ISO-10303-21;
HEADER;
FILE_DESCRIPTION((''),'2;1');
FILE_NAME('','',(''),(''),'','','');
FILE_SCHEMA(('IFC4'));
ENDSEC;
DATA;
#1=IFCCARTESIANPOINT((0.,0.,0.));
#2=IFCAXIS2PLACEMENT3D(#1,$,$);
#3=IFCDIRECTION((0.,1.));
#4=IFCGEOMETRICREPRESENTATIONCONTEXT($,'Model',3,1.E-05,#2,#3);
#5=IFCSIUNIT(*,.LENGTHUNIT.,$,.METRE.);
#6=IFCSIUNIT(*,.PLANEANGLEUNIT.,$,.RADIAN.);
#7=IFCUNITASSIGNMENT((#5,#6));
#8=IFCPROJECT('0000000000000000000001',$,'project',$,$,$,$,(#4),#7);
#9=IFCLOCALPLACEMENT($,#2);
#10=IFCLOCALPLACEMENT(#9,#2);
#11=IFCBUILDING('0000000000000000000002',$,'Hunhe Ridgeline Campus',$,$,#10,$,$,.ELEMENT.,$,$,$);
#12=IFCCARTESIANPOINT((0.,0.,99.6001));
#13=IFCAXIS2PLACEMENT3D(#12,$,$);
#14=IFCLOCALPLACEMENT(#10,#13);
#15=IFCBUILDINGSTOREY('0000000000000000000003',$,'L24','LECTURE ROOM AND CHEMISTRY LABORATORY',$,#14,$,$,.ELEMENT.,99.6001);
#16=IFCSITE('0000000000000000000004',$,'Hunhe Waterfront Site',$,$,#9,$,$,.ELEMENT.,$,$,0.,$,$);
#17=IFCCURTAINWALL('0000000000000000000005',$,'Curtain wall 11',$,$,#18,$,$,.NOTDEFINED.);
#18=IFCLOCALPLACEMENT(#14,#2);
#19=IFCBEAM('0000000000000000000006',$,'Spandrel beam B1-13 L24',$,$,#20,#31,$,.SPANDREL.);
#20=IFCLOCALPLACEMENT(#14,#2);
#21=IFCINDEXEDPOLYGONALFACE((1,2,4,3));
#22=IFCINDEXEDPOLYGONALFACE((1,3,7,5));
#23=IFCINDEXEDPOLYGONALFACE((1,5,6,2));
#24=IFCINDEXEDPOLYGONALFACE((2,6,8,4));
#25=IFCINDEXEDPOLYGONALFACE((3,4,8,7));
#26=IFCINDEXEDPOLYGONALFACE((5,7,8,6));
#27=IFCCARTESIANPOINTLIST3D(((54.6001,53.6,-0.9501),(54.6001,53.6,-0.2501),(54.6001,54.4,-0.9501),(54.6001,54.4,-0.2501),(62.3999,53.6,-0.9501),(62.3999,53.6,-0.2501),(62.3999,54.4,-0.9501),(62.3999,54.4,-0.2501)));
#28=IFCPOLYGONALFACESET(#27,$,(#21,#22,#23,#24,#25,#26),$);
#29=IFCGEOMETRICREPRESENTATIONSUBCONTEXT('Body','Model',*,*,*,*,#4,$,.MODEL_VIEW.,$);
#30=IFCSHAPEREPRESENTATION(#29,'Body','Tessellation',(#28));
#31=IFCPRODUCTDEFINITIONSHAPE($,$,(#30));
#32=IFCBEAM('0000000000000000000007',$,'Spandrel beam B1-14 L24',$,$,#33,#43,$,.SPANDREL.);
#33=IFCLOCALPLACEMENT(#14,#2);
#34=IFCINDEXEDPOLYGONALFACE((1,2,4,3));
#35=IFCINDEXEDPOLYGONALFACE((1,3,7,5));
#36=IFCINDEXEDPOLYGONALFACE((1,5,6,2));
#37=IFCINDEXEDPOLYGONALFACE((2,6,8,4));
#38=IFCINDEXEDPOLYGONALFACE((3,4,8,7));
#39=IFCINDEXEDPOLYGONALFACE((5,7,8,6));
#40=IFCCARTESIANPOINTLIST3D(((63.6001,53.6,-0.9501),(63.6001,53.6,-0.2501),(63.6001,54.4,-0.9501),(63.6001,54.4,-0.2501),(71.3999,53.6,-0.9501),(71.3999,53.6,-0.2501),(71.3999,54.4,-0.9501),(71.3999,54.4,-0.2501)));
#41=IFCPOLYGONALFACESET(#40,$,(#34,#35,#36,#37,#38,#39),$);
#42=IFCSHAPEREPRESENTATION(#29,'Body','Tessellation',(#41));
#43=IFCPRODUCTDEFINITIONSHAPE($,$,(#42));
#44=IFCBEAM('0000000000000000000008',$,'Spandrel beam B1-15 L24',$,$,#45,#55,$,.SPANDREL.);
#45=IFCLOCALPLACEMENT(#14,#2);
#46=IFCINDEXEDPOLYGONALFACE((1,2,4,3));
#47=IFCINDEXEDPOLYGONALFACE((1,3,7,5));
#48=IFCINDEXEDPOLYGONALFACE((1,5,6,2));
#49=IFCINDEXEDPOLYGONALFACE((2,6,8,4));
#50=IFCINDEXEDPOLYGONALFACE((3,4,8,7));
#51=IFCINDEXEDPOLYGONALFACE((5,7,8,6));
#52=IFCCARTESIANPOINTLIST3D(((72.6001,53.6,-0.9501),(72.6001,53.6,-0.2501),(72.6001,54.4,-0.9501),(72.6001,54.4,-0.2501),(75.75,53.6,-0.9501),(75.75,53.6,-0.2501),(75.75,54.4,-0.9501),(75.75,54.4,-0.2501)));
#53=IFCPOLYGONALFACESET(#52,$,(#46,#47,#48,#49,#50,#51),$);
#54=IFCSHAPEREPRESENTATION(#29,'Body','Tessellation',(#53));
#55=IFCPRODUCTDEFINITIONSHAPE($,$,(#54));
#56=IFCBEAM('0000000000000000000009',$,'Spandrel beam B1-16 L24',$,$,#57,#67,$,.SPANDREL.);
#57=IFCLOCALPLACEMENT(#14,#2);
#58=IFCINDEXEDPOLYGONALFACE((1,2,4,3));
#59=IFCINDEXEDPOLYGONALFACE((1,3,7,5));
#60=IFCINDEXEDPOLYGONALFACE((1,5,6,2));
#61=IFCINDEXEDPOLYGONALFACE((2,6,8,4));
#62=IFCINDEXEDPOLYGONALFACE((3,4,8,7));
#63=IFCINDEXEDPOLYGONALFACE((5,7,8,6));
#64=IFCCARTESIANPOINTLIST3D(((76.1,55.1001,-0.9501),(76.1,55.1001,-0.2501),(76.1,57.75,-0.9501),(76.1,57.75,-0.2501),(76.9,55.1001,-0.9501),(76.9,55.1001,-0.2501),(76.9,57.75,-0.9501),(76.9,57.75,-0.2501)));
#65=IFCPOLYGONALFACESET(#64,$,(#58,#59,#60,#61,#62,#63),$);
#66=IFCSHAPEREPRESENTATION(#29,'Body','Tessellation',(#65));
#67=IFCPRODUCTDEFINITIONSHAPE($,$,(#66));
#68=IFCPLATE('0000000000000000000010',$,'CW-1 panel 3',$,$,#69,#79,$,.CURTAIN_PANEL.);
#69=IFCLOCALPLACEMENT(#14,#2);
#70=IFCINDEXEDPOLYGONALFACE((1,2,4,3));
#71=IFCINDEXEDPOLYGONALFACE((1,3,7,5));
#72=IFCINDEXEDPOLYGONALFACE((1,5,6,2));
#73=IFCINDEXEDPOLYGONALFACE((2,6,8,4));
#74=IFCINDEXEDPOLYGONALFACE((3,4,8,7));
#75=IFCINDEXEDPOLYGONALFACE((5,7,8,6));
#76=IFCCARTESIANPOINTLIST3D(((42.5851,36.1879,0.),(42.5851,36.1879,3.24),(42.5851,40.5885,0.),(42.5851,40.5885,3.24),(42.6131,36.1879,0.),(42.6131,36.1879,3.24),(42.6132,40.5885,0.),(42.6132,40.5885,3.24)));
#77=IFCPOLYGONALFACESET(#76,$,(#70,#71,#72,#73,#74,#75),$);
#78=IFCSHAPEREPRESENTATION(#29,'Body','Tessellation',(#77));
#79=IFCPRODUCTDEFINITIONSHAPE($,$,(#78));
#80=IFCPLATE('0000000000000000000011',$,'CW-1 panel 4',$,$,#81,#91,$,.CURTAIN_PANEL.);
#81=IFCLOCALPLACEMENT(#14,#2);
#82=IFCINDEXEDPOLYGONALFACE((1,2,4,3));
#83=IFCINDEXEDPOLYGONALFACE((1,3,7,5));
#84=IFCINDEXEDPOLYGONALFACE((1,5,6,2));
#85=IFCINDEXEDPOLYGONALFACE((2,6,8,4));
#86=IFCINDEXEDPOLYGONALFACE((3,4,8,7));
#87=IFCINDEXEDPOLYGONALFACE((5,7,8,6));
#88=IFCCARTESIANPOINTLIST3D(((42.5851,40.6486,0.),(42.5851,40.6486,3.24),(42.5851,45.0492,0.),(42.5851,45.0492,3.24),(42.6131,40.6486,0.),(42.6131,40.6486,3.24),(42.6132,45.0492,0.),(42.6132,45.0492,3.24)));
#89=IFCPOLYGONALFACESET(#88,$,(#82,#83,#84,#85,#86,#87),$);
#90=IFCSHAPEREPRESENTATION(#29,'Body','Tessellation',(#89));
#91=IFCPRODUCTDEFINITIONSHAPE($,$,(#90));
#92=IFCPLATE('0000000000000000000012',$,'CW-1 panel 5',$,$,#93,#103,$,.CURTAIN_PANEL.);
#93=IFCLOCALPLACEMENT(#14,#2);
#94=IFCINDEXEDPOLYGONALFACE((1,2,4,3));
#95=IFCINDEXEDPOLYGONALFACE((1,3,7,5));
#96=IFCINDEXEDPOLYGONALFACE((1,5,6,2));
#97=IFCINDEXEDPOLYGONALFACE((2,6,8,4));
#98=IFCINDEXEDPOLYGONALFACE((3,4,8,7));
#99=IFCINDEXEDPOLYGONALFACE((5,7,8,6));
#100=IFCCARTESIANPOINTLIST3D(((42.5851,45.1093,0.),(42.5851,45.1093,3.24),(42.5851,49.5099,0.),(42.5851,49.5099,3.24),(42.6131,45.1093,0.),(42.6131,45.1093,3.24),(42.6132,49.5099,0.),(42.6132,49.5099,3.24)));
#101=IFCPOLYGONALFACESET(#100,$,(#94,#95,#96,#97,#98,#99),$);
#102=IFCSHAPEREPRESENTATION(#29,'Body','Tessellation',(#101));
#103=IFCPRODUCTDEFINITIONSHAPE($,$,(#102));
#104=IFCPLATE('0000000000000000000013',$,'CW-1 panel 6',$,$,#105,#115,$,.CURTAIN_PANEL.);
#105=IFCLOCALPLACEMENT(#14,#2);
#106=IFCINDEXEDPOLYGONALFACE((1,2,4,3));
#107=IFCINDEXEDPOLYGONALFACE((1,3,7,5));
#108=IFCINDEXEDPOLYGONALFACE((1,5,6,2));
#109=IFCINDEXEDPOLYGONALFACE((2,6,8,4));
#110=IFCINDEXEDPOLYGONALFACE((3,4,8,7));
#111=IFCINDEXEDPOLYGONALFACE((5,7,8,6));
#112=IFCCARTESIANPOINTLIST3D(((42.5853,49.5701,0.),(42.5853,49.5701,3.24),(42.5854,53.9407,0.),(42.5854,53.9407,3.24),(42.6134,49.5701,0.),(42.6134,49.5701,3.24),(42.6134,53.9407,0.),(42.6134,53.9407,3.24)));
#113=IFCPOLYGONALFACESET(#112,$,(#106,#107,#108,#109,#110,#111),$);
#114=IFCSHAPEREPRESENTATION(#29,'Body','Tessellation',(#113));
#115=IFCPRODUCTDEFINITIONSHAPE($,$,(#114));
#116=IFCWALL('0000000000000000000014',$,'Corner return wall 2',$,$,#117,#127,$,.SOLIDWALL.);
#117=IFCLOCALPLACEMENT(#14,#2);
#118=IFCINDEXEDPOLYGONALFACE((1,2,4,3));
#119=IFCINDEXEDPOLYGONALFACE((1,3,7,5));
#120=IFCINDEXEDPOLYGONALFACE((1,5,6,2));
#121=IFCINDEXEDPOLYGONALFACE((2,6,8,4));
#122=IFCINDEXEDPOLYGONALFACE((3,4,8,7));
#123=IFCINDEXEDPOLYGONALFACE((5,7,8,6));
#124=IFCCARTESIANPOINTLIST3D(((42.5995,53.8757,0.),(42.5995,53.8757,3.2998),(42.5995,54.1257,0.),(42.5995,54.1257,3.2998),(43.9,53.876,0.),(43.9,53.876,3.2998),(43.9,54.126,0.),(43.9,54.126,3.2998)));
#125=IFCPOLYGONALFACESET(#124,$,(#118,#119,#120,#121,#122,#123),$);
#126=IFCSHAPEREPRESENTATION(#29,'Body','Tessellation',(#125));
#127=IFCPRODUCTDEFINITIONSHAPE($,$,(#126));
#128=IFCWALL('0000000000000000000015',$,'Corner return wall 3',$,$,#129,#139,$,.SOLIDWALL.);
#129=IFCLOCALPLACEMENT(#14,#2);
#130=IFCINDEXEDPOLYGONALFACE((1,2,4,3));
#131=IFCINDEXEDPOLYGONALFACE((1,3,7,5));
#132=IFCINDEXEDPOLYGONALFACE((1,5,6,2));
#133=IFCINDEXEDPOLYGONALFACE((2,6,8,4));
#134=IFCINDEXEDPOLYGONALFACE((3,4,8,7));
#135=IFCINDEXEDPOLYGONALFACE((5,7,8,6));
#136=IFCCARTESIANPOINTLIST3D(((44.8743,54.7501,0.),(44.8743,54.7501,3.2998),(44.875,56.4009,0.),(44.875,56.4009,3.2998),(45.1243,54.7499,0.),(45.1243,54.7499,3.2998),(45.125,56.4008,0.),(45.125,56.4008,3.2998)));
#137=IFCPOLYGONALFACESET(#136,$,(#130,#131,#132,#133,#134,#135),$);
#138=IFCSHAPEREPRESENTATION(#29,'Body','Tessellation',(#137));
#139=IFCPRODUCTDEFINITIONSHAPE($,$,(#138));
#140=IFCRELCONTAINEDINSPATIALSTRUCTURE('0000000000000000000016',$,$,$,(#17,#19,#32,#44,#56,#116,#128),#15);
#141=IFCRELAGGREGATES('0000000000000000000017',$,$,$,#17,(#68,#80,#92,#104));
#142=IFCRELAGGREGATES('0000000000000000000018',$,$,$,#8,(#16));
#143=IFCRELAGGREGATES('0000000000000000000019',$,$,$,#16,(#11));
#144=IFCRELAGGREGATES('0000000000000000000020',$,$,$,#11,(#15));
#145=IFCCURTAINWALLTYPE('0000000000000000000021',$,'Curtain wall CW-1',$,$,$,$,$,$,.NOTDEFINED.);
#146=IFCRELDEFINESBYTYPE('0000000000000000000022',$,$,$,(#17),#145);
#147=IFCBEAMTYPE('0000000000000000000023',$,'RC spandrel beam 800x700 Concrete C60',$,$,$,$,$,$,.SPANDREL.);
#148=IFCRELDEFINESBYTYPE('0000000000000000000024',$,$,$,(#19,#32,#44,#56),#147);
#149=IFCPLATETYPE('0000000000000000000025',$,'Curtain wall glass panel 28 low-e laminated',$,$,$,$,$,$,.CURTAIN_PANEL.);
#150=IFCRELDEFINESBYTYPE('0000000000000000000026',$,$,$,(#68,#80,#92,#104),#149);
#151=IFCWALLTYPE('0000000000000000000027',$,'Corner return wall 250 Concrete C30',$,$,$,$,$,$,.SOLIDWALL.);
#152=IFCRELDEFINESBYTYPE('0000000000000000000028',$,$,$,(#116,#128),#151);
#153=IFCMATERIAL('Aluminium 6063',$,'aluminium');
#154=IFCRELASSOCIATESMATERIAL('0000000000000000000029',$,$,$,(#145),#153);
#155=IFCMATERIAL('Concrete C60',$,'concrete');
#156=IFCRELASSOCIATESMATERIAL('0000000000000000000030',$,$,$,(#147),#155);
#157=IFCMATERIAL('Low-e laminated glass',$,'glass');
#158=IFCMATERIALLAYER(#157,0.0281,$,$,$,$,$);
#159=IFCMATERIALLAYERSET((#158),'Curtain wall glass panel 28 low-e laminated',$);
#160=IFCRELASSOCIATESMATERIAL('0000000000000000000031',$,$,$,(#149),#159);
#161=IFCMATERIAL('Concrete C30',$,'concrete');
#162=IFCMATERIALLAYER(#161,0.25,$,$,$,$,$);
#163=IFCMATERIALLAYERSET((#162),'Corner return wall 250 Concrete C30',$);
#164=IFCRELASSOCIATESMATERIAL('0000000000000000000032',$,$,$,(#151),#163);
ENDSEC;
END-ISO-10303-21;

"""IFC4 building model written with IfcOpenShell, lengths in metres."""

from ifc_helpers import new_model, si_unit, direction, frame, frame_2d, origin, origin_2d, place, context, subcontext, project, spatial, rectangle, extrude, material, layer, layer_set, material_profile, profile_set, type_object, element, aggregate, save


model = new_model("IFC4")

# Units and contexts
model_context = context("Model", 3, precision=1e-05, world=origin(), true_north=direction((0.0, 1.0)))
body_context = subcontext(model_context, "Body", "Model", "MODEL_VIEW")
ifc_project = project(units=[si_unit("LENGTHUNIT", "METRE"), si_unit("PLANEANGLEUNIT", "RADIAN")], contexts=[model_context])

# Site, building, storey
site_placement = place(None, origin())
site = spatial("IfcSite", under=ifc_project, at=site_placement, Name="Hunhe Waterfront Site", CompositionType="ELEMENT", RefElevation=0.0)
building_placement = place(site_placement, origin())
building = spatial("IfcBuilding", under=site, at=building_placement, Name="Hunhe Ridgeline Campus", CompositionType="ELEMENT")
storey_placement = place(building_placement, frame((0.0, 0.0, 99.6001)))
storey = spatial("IfcBuildingStorey", under=building, at=storey_placement, Name="L24", Description="LECTURE ROOM AND CHEMISTRY LABORATORY", CompositionType="ELEMENT", Elevation=99.6001)

# Curtain wall
ifc_material_1 = material(Name="Aluminium 6063", Category="aluminium")
curtain_wall_type = type_object("IfcCurtainWallType", Name="Curtain wall CW-1", PredefinedType="NOTDEFINED", material=ifc_material_1)
curtain_wall_1_placement = place(storey_placement, origin())
curtain_wall_1 = element("IfcCurtainWall", 1, at=curtain_wall_1_placement, inside=storey, type_object=curtain_wall_type, Name="Curtain wall 11", PredefinedType="NOTDEFINED")

# Beams
ifc_material_2 = material(Name="Concrete C60", Category="concrete")
ifc_material_profile_1 = material_profile(ifc_material_2, rectangle(XDim=0.8, YDim=0.7, at=origin_2d()))
ifc_profile_set_1 = profile_set([ifc_material_profile_1], Name="Concrete C60")
beam_type = type_object("IfcBeamType", Name="RC spandrel beam 800x700 Concrete C60", PredefinedType="SPANDREL", material=ifc_profile_set_1)
for number, where, z_axis, x_axis, name in (
    (2, (54.6001, 54.0, -0.6001), (1.0, 0.0, 0.0), (0.0, 1.0, 0.0), "Spandrel beam B1-13 L24"),
    (3, (63.6001, 54.0, -0.6001), (1.0, 0.0, 0.0), (0.0, 1.0, 0.0), "Spandrel beam B1-14 L24"),
):
    element("IfcBeam", number, at=place(storey_placement, frame(where, z_axis=z_axis, x_axis=x_axis)), inside=storey, type_object=beam_type, Name=name, PredefinedType="SPANDREL", context=body_context, shape_type="SweptSolid", body=[
        extrude(rectangle(XDim=0.8, YDim=0.7, at=origin_2d()), origin(), (0.0, 0.0, 1.0), 7.7998),
    ])
beam_1_placement = place(storey_placement, frame((72.6001, 54.0, -0.6001), z_axis=(1.0, 0.0, 0.0), x_axis=(0.0, 1.0, 0.0)))
element("IfcBeam", 4, at=beam_1_placement, inside=storey, type_object=beam_type, Name="Spandrel beam B1-15 L24", PredefinedType="SPANDREL", context=body_context, shape_type="SweptSolid", body=[
    extrude(rectangle(XDim=0.8, YDim=0.7, at=origin_2d()), origin(), (0.0, 0.0, 1.0), 3.1499),
])
beam_2_placement = place(storey_placement, frame((76.5, 55.1001, -0.6001), z_axis=(0.0, 1.0, 0.0), x_axis=(-1.0, 0.0, 0.0)))
element("IfcBeam", 5, at=beam_2_placement, inside=storey, type_object=beam_type, Name="Spandrel beam B1-16 L24", PredefinedType="SPANDREL", context=body_context, shape_type="SweptSolid", body=[
    extrude(rectangle(XDim=0.8, YDim=0.7, at=origin_2d()), origin(), (0.0, 0.0, 1.0), 2.6499),
])

# Plates
ifc_material_3 = material(Name="Low-e laminated glass", Category="glass")
ifc_layer_1 = layer(ifc_material_3, 0.0281)
ifc_layer_set_1 = layer_set([ifc_layer_1], Name="Curtain wall glass panel 28 low-e laminated")
plate_type = type_object("IfcPlateType", Name="Curtain wall glass panel 28 low-e laminated", PredefinedType="CURTAIN_PANEL", material=ifc_layer_set_1)
plate_1_placement = place(storey_placement, frame((42.5991, 38.3882, 0.0), z_axis=(0.0, 0.0, 1.0), x_axis=(0.000011, 1.0, 0.0)))
plate_1 = element("IfcPlate", 6, at=plate_1_placement, type_object=plate_type, Name="CW-1 panel 3", PredefinedType="CURTAIN_PANEL", context=body_context, shape_type="SweptSolid", body=[
    extrude(rectangle(XDim=4.4006, YDim=0.0281, at=origin_2d()), origin(), (0.0, 0.0, 1.0), 3.24),
])
plate_2_placement = place(storey_placement, frame((42.5991, 42.8489, 0.0), z_axis=(0.0, 0.0, 1.0), x_axis=(0.000011, 1.0, 0.0)))
plate_2 = element("IfcPlate", 7, at=plate_2_placement, type_object=plate_type, Name="CW-1 panel 4", PredefinedType="CURTAIN_PANEL", context=body_context, shape_type="SweptSolid", body=[
    extrude(rectangle(XDim=4.4006, YDim=0.0281, at=origin_2d()), origin(), (0.0, 0.0, 1.0), 3.24),
])
plate_3_placement = place(storey_placement, frame((42.5991, 47.3096, 0.0), z_axis=(0.0, 0.0, 1.0), x_axis=(0.000011, 1.0, 0.0)))
plate_3 = element("IfcPlate", 8, at=plate_3_placement, type_object=plate_type, Name="CW-1 panel 5", PredefinedType="CURTAIN_PANEL", context=body_context, shape_type="SweptSolid", body=[
    extrude(rectangle(XDim=4.4006, YDim=0.0281, at=origin_2d()), origin(), (0.0, 0.0, 1.0), 3.24),
])
plate_4_placement = place(storey_placement, frame((42.5994, 51.7554, 0.0), z_axis=(0.0, 0.0, 1.0), x_axis=(0.000011, 1.0, 0.0)))
plate_4 = element("IfcPlate", 9, at=plate_4_placement, type_object=plate_type, Name="CW-1 panel 6", PredefinedType="CURTAIN_PANEL", context=body_context, shape_type="SweptSolid", body=[
    extrude(rectangle(XDim=4.3706, YDim=0.0281, at=origin_2d()), origin(), (0.0, 0.0, 1.0), 3.24),
])
aggregate(curtain_wall_1, [plate_1, plate_2, plate_3, plate_4])

# Walls
ifc_material_4 = material(Name="Concrete C30", Category="concrete")
ifc_layer_2 = layer(ifc_material_4, 0.25)
ifc_layer_set_2 = layer_set([ifc_layer_2], Name="Corner return wall 250 Concrete C30")
wall_type = type_object("IfcWallType", Name="Corner return wall 250 Concrete C30", PredefinedType="SOLIDWALL", material=ifc_layer_set_2)
wall_1_placement = place(storey_placement, frame((42.5994, 54.0007, 0.0), z_axis=(0.0, 0.0, 1.0), x_axis=(1.0, 0.000188, 0.0)))
element("IfcWall", 10, at=wall_1_placement, inside=storey, type_object=wall_type, Name="Corner return wall 2", PredefinedType="SOLIDWALL", context=body_context, shape_type="SweptSolid", body=[
    extrude(rectangle(XDim=1.3005, YDim=0.25, at=frame_2d((0.6504, 0.0))), origin(), (0.0, 0.0, 1.0), 3.2998),
])
wall_2_placement = place(storey_placement, frame((44.9993, 54.75, 0.0), z_axis=(0.0, 0.0, 1.0), x_axis=(0.000444, 1.0, 0.0)))
element("IfcWall", 11, at=wall_2_placement, inside=storey, type_object=wall_type, Name="Corner return wall 3", PredefinedType="SOLIDWALL", context=body_context, shape_type="SweptSolid", body=[
    extrude(rectangle(XDim=1.6509, YDim=0.25, at=frame_2d((0.8254, 0.0))), origin(), (0.0, 0.0, 1.0), 3.2998),
])

save(model, "model.ifc")
